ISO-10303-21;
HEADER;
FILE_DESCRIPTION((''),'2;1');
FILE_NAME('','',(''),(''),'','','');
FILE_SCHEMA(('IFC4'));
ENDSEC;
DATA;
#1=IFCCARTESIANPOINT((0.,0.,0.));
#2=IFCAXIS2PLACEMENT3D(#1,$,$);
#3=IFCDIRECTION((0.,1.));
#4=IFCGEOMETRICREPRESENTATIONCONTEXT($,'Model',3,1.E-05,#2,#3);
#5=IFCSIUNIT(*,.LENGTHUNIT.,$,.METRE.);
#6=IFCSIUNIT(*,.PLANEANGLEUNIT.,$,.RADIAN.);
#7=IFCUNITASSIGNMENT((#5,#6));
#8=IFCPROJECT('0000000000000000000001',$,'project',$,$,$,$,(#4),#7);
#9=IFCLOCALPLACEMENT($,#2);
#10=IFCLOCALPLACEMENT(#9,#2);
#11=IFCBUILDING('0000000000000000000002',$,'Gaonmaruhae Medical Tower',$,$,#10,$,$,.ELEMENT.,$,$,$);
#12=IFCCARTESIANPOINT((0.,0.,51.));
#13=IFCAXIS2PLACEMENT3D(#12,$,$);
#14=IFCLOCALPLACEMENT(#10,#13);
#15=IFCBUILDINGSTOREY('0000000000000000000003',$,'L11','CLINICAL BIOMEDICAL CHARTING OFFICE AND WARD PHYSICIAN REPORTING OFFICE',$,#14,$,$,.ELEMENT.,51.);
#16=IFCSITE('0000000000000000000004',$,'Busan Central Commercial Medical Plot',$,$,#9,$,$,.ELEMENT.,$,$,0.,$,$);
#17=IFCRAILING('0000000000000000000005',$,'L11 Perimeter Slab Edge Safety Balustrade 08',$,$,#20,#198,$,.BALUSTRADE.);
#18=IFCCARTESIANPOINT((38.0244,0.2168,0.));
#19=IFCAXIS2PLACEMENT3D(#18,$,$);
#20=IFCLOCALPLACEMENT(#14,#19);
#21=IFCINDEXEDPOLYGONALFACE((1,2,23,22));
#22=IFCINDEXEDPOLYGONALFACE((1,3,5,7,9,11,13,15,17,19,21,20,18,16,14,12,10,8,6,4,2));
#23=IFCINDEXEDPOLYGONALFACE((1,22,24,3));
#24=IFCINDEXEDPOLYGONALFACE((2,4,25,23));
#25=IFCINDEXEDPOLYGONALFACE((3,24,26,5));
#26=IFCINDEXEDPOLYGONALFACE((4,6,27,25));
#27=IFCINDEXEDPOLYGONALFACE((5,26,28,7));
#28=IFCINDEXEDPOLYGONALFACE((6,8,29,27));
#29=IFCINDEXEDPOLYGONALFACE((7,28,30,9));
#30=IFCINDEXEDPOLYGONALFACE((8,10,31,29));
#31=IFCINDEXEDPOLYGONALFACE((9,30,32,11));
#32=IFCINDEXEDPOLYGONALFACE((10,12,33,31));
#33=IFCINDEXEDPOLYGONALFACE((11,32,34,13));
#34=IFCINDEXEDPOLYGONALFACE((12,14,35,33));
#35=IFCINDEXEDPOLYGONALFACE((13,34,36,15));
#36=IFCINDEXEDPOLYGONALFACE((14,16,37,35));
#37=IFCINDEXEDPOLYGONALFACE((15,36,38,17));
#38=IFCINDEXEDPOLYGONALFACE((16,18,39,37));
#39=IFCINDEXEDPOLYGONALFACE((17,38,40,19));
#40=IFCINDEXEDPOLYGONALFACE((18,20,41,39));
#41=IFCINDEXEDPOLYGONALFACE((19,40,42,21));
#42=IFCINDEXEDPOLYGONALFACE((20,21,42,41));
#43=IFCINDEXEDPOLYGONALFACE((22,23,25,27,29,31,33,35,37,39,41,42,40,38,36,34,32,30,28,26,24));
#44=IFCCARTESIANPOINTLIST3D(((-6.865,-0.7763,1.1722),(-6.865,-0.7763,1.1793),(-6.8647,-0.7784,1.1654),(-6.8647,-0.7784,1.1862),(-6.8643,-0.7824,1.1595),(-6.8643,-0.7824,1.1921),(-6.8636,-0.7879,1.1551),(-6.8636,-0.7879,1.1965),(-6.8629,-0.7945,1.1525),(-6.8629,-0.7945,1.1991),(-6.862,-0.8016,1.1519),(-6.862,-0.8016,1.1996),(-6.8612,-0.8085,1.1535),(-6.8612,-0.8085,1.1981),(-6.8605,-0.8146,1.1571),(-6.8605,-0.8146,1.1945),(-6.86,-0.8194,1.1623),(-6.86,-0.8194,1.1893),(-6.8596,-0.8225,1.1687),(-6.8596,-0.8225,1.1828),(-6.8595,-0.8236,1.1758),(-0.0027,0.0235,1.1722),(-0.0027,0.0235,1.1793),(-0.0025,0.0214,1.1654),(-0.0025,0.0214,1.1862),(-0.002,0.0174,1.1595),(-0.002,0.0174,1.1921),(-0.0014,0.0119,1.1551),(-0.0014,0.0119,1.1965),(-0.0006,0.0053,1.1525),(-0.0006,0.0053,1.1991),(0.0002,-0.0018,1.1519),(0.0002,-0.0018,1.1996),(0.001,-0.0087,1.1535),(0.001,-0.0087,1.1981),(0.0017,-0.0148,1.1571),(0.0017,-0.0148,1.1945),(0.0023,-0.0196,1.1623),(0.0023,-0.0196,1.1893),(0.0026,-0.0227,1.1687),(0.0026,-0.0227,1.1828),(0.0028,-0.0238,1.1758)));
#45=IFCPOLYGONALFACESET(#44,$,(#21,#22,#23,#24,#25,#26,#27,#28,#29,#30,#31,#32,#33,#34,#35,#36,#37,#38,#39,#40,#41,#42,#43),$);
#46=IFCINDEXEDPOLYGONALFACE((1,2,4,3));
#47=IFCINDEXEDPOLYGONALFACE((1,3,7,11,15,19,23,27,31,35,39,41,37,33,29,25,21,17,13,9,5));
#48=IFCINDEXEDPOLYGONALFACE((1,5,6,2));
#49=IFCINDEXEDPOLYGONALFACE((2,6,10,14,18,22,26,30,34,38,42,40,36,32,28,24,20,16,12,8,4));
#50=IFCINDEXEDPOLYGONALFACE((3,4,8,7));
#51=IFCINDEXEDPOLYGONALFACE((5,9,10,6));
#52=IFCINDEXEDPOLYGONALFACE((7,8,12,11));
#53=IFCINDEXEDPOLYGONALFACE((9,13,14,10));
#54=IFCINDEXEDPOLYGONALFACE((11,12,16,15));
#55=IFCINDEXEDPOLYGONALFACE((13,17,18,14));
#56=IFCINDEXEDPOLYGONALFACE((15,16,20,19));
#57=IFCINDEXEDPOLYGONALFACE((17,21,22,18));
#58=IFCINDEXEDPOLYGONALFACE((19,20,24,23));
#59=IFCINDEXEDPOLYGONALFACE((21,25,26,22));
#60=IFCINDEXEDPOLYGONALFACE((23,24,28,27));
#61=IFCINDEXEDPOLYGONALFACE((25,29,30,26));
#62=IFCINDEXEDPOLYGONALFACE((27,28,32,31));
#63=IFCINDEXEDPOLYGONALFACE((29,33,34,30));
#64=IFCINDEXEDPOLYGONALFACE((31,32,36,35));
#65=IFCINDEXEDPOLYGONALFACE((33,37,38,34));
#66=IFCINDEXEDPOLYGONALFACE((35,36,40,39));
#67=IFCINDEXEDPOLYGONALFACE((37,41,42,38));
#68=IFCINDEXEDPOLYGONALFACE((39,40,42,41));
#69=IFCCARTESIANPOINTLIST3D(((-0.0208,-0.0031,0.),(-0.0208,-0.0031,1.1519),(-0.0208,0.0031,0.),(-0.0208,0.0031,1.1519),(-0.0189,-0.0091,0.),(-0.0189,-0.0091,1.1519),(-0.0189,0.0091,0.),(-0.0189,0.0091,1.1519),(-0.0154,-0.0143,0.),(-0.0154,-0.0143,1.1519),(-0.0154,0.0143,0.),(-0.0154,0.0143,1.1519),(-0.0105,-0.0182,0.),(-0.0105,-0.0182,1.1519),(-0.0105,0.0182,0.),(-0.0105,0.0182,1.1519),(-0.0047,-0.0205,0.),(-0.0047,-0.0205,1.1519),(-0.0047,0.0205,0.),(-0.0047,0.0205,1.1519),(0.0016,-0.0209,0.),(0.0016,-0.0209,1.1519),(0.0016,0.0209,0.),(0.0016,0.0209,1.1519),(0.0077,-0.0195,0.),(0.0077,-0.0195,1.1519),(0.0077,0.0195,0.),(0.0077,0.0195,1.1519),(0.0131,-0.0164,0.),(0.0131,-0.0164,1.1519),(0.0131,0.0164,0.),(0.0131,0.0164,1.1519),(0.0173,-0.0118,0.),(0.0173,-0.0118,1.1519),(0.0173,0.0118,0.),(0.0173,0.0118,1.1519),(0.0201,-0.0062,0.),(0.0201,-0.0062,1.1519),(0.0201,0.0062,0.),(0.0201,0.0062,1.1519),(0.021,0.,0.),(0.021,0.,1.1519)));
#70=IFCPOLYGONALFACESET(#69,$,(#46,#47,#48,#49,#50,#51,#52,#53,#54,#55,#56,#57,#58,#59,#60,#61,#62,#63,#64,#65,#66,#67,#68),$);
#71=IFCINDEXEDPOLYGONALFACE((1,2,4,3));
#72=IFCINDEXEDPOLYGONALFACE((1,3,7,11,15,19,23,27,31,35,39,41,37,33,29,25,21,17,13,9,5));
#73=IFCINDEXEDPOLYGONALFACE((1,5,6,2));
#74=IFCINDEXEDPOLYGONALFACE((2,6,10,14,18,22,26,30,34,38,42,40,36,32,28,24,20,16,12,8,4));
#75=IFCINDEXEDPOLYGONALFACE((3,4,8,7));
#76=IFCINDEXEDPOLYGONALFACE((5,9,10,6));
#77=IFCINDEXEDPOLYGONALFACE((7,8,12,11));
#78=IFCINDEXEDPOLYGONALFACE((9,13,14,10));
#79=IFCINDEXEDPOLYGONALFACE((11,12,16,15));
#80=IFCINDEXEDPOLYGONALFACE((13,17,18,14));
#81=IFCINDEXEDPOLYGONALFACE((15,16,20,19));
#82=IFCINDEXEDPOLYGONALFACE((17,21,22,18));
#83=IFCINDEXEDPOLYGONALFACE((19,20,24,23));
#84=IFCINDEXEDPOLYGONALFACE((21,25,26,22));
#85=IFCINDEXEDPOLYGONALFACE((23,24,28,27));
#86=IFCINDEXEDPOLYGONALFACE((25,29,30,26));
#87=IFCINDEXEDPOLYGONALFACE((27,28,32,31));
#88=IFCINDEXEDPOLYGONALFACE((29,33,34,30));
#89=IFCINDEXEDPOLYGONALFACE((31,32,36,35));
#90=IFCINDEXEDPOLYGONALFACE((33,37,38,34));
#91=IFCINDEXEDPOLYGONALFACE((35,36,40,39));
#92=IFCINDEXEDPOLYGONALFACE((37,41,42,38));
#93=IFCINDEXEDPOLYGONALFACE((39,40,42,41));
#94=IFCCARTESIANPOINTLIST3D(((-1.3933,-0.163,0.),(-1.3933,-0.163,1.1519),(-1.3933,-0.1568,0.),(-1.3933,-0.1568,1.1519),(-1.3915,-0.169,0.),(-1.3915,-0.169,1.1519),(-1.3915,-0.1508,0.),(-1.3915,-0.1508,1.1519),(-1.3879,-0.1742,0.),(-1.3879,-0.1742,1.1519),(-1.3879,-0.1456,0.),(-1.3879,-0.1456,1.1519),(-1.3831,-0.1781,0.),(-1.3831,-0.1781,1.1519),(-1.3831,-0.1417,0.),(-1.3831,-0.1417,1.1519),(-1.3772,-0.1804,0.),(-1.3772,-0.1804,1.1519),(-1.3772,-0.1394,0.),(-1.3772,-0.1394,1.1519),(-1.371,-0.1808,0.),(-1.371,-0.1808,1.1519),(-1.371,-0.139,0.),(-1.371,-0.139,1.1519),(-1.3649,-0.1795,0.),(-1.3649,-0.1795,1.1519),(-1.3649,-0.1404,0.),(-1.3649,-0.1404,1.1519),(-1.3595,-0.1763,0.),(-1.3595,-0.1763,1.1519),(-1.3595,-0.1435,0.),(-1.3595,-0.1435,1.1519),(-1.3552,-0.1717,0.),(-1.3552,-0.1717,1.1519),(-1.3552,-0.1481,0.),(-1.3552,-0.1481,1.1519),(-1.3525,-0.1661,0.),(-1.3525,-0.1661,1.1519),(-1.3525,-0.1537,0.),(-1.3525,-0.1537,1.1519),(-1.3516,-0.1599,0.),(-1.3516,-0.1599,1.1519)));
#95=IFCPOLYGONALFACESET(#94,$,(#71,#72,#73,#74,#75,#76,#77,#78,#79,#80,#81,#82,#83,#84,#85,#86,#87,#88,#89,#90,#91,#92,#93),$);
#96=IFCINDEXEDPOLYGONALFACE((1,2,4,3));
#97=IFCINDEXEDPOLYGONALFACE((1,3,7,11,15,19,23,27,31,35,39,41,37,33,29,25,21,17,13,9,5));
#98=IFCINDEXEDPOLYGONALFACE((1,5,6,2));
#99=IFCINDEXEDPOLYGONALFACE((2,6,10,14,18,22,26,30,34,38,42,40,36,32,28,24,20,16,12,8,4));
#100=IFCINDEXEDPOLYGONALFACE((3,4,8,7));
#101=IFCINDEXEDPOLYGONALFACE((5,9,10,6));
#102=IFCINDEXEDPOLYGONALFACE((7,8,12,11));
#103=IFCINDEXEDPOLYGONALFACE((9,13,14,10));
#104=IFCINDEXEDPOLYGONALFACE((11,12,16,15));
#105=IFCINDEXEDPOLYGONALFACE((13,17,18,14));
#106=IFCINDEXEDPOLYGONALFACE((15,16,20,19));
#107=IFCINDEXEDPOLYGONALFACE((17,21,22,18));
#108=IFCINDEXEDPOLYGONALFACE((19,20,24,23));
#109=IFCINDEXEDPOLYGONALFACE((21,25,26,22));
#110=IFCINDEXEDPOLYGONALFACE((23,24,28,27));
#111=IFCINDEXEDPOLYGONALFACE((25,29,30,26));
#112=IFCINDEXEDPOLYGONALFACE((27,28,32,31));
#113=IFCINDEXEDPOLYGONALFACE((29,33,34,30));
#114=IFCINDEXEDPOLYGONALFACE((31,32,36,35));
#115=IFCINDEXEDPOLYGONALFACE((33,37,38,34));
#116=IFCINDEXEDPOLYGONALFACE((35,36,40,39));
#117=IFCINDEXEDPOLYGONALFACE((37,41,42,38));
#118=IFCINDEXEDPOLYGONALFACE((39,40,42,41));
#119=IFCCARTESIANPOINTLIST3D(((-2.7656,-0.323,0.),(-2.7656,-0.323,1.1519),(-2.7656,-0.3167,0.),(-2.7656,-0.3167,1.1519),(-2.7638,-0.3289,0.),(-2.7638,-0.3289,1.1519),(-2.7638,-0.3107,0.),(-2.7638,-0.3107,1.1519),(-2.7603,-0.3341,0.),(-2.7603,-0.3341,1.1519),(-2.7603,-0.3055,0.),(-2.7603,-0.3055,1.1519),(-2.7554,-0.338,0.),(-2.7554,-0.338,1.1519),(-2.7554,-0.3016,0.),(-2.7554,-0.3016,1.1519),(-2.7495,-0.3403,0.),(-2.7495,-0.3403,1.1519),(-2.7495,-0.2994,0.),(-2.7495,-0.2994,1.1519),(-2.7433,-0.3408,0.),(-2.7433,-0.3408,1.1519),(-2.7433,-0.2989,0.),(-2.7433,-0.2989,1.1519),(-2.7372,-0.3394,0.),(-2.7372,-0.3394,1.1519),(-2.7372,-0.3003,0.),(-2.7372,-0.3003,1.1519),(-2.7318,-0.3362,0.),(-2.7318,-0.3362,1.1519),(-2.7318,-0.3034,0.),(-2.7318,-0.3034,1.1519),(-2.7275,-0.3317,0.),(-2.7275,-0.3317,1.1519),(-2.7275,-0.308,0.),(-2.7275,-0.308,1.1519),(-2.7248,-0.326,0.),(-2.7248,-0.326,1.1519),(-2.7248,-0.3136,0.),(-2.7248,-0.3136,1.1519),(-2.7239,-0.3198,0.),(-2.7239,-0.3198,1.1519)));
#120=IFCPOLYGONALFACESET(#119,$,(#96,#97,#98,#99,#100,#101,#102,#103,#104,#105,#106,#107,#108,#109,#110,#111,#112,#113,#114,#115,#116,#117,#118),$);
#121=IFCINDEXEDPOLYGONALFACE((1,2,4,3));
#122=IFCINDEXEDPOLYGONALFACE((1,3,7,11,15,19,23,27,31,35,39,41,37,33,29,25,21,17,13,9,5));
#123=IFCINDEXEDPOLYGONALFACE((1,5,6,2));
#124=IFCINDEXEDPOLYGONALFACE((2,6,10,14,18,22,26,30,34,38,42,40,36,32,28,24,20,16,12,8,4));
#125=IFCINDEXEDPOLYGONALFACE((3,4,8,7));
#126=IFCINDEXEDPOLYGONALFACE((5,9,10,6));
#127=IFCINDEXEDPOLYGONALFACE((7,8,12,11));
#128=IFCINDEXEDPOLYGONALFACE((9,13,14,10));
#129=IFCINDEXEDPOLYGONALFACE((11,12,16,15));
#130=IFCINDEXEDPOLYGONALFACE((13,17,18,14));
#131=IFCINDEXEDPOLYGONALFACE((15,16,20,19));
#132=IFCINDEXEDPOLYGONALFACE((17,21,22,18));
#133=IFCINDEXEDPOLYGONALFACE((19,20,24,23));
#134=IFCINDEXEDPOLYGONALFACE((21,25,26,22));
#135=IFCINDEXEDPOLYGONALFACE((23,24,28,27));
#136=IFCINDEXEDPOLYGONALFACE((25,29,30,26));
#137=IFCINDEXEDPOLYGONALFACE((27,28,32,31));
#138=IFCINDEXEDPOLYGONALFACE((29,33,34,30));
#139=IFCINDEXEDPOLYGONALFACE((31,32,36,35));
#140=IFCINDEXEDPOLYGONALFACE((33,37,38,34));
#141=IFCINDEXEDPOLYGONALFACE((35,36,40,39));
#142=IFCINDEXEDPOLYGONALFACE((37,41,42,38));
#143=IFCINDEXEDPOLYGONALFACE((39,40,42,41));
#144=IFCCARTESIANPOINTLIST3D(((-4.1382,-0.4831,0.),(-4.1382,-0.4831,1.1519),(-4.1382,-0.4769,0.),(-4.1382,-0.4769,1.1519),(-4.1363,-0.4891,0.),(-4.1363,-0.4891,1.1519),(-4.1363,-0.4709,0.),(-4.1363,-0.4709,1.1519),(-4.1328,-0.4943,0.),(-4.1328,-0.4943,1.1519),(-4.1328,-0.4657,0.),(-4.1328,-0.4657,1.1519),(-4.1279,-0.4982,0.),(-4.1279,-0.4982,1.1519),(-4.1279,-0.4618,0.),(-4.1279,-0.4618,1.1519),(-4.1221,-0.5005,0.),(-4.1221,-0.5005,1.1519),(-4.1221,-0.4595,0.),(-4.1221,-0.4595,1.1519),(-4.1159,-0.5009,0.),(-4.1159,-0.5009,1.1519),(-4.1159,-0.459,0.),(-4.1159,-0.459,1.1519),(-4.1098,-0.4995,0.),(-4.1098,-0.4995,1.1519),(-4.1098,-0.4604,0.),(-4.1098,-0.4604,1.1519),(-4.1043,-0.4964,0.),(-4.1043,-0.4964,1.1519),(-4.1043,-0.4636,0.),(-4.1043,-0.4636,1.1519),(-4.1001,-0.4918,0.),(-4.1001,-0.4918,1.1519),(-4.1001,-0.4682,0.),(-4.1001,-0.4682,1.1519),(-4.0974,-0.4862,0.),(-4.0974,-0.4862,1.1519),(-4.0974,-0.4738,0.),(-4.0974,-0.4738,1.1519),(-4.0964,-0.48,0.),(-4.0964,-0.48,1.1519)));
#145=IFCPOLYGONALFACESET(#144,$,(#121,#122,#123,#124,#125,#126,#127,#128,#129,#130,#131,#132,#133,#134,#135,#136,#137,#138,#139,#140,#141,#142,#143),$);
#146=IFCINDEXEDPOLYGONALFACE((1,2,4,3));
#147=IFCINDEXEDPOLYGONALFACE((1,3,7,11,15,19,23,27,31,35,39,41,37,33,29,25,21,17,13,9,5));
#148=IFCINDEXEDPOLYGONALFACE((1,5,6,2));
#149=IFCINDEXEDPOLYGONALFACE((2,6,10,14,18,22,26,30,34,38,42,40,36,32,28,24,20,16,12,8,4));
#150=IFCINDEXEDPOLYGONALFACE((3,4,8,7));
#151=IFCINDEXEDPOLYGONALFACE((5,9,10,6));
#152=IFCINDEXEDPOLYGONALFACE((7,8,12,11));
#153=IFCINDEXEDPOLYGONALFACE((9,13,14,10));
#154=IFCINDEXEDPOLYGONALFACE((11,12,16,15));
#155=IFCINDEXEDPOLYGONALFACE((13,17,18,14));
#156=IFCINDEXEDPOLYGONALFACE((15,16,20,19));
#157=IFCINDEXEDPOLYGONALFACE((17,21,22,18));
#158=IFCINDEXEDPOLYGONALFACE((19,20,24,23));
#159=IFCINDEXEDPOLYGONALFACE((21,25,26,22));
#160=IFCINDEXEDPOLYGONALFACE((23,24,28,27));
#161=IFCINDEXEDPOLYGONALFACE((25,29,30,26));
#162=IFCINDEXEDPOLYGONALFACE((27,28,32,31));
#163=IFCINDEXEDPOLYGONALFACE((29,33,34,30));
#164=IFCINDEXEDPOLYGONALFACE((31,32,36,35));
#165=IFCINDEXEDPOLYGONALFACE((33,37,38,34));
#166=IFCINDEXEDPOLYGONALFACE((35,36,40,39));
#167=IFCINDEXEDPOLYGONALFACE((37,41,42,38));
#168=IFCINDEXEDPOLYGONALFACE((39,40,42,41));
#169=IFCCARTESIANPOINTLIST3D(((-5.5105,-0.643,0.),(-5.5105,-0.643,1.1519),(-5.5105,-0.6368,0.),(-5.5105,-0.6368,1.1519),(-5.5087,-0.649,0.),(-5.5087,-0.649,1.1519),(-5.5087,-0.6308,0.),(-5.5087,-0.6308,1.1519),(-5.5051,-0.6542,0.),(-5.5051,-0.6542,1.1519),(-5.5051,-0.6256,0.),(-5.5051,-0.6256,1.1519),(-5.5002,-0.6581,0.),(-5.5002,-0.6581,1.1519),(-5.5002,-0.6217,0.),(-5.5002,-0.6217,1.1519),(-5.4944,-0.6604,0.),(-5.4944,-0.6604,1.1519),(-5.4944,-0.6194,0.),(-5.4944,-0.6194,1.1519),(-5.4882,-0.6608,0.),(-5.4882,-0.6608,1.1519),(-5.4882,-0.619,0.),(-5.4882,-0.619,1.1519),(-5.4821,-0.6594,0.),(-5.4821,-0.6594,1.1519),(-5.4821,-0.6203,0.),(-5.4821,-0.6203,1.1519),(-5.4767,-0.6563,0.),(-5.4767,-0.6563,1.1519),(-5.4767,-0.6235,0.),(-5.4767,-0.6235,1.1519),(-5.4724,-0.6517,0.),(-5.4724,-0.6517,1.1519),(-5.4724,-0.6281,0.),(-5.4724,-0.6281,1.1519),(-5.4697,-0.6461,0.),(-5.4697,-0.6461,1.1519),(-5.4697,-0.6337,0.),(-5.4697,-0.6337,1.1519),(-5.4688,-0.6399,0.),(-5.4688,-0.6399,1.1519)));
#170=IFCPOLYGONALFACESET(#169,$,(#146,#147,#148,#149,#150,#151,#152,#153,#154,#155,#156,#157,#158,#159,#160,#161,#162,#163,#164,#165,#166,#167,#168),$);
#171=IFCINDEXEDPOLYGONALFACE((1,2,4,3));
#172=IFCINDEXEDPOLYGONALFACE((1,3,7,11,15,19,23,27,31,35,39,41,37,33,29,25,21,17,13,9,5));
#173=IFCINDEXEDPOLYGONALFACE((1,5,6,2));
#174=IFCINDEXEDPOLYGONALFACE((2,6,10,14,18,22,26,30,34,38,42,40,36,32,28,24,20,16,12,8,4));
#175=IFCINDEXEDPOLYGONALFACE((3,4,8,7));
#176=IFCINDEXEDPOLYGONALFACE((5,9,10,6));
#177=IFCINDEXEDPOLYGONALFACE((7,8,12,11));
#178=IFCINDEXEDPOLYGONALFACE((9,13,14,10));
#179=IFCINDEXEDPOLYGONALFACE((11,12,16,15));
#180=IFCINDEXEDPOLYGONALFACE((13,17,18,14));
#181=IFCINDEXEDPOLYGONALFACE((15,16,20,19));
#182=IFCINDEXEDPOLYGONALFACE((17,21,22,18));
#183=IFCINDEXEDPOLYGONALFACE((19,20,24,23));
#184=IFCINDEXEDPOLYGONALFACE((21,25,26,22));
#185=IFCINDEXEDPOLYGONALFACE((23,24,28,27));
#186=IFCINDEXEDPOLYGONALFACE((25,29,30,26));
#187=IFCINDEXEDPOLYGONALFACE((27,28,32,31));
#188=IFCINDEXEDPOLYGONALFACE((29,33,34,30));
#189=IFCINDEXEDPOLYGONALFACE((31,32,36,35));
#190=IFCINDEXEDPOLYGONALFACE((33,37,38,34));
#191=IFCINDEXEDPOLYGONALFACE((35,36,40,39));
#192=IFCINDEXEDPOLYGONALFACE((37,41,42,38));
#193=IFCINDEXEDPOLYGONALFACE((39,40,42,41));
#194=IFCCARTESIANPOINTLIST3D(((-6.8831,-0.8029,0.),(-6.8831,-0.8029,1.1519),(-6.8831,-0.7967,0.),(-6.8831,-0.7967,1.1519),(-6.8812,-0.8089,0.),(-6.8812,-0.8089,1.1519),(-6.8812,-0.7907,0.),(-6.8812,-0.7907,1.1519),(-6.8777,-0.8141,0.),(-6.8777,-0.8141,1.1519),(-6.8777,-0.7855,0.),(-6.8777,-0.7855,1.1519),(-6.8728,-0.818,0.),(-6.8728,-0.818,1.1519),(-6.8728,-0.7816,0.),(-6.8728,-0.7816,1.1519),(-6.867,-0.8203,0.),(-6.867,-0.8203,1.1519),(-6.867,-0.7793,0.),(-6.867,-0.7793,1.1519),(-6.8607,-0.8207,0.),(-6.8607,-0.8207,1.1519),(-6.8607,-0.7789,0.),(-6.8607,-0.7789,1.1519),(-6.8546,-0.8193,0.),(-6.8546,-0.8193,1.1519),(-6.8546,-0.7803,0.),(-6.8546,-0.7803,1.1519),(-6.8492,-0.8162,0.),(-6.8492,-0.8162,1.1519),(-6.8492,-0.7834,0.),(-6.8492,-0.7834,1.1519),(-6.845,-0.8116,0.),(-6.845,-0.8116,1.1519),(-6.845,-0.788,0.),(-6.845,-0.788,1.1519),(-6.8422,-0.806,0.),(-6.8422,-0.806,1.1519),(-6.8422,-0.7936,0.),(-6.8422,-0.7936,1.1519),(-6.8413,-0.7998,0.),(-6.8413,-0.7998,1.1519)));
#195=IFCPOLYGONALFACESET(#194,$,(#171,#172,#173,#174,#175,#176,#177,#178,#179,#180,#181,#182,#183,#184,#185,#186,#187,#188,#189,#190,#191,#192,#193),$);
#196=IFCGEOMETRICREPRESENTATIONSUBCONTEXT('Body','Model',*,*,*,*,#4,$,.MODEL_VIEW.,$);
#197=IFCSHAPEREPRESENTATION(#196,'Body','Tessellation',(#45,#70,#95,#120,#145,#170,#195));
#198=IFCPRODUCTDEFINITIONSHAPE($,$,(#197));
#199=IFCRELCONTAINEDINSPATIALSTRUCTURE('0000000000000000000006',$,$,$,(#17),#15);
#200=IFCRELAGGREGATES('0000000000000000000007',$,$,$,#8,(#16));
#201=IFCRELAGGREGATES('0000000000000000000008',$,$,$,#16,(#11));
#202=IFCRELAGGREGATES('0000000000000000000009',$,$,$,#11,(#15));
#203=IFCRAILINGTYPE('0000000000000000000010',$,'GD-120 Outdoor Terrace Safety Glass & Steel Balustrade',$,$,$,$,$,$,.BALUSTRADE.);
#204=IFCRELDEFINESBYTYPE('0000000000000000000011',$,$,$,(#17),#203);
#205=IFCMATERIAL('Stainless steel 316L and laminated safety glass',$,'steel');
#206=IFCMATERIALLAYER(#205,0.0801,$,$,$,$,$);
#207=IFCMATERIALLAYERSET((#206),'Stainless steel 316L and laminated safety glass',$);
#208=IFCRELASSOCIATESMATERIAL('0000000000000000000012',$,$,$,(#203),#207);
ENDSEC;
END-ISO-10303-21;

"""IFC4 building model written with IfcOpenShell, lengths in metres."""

from ifc_helpers import new_model, si_unit, direction, frame, origin, origin_2d, place, context, subcontext, project, spatial, circle, extrude, material, layer, layer_set, type_object, element, save


model = new_model("IFC4")

# Units and contexts
model_context = context("Model", 3, precision=1e-05, world=origin(), true_north=direction((0.0, 1.0)))
body_context = subcontext(model_context, "Body", "Model", "MODEL_VIEW")
ifc_project = project(units=[si_unit("LENGTHUNIT", "METRE"), si_unit("PLANEANGLEUNIT", "RADIAN")], contexts=[model_context])

# Site, building, storey
site_placement = place(None, origin())
site = spatial("IfcSite", under=ifc_project, at=site_placement, Name="Busan Central Commercial Medical Plot", CompositionType="ELEMENT", RefElevation=0.0)
building_placement = place(site_placement, origin())
building = spatial("IfcBuilding", under=site, at=building_placement, Name="Gaonmaruhae Medical Tower", CompositionType="ELEMENT")
storey_placement = place(building_placement, frame((0.0, 0.0, 51.0)))
storey = spatial("IfcBuildingStorey", under=building, at=storey_placement, Name="L11", Description="CLINICAL BIOMEDICAL CHARTING OFFICE AND WARD PHYSICIAN REPORTING OFFICE", CompositionType="ELEMENT", Elevation=51.0)

# Railing
ifc_material_1 = material(Name="Stainless steel 316L and laminated safety glass", Category="steel")
ifc_layer_1 = layer(ifc_material_1, 0.0801)
ifc_layer_set_1 = layer_set([ifc_layer_1], Name="Stainless steel 316L and laminated safety glass")
railing_type = type_object("IfcRailingType", Name="GD-120 Outdoor Terrace Safety Glass & Steel Balustrade", PredefinedType="BALUSTRADE", material=ifc_layer_set_1)
railing_1_placement = place(storey_placement, frame((38.0244, 0.2168, 0.0)))
element("IfcRailing", 1, at=railing_1_placement, inside=storey, type_object=railing_type, Name="L11 Perimeter Slab Edge Safety Balustrade 08", PredefinedType="BALUSTRADE", context=body_context, shape_type="SweptSolid", body=[
    extrude(circle(Radius=0.0239, at=origin_2d()), frame((0.0, 0.0, 1.1758), z_axis=(-0.993276, -0.115767, 0.0), x_axis=(0.115767, -0.993276, 0.0)), (0.0, 0.0, 1.0), 6.9087),
    extrude(circle(Radius=0.021, at=origin_2d()), origin(), (0.0, 0.0, 1.0), 1.1519),
    extrude(circle(Radius=0.021, at=origin_2d()), frame((-1.3726, -0.1599, 0.0)), (0.0, 0.0, 1.0), 1.1519),
    extrude(circle(Radius=0.021, at=origin_2d()), frame((-2.7449, -0.3198, 0.0)), (0.0, 0.0, 1.0), 1.1519),
    extrude(circle(Radius=0.021, at=origin_2d()), frame((-4.1174, -0.48, 0.0)), (0.0, 0.0, 1.0), 1.1519),
    extrude(circle(Radius=0.021, at=origin_2d()), frame((-5.4897, -0.6399, 0.0)), (0.0, 0.0, 1.0), 1.1519),
    extrude(circle(Radius=0.021, at=origin_2d()), frame((-6.8623, -0.7998, 0.0)), (0.0, 0.0, 1.0), 1.1519),
])

save(model, "model.ifc")
